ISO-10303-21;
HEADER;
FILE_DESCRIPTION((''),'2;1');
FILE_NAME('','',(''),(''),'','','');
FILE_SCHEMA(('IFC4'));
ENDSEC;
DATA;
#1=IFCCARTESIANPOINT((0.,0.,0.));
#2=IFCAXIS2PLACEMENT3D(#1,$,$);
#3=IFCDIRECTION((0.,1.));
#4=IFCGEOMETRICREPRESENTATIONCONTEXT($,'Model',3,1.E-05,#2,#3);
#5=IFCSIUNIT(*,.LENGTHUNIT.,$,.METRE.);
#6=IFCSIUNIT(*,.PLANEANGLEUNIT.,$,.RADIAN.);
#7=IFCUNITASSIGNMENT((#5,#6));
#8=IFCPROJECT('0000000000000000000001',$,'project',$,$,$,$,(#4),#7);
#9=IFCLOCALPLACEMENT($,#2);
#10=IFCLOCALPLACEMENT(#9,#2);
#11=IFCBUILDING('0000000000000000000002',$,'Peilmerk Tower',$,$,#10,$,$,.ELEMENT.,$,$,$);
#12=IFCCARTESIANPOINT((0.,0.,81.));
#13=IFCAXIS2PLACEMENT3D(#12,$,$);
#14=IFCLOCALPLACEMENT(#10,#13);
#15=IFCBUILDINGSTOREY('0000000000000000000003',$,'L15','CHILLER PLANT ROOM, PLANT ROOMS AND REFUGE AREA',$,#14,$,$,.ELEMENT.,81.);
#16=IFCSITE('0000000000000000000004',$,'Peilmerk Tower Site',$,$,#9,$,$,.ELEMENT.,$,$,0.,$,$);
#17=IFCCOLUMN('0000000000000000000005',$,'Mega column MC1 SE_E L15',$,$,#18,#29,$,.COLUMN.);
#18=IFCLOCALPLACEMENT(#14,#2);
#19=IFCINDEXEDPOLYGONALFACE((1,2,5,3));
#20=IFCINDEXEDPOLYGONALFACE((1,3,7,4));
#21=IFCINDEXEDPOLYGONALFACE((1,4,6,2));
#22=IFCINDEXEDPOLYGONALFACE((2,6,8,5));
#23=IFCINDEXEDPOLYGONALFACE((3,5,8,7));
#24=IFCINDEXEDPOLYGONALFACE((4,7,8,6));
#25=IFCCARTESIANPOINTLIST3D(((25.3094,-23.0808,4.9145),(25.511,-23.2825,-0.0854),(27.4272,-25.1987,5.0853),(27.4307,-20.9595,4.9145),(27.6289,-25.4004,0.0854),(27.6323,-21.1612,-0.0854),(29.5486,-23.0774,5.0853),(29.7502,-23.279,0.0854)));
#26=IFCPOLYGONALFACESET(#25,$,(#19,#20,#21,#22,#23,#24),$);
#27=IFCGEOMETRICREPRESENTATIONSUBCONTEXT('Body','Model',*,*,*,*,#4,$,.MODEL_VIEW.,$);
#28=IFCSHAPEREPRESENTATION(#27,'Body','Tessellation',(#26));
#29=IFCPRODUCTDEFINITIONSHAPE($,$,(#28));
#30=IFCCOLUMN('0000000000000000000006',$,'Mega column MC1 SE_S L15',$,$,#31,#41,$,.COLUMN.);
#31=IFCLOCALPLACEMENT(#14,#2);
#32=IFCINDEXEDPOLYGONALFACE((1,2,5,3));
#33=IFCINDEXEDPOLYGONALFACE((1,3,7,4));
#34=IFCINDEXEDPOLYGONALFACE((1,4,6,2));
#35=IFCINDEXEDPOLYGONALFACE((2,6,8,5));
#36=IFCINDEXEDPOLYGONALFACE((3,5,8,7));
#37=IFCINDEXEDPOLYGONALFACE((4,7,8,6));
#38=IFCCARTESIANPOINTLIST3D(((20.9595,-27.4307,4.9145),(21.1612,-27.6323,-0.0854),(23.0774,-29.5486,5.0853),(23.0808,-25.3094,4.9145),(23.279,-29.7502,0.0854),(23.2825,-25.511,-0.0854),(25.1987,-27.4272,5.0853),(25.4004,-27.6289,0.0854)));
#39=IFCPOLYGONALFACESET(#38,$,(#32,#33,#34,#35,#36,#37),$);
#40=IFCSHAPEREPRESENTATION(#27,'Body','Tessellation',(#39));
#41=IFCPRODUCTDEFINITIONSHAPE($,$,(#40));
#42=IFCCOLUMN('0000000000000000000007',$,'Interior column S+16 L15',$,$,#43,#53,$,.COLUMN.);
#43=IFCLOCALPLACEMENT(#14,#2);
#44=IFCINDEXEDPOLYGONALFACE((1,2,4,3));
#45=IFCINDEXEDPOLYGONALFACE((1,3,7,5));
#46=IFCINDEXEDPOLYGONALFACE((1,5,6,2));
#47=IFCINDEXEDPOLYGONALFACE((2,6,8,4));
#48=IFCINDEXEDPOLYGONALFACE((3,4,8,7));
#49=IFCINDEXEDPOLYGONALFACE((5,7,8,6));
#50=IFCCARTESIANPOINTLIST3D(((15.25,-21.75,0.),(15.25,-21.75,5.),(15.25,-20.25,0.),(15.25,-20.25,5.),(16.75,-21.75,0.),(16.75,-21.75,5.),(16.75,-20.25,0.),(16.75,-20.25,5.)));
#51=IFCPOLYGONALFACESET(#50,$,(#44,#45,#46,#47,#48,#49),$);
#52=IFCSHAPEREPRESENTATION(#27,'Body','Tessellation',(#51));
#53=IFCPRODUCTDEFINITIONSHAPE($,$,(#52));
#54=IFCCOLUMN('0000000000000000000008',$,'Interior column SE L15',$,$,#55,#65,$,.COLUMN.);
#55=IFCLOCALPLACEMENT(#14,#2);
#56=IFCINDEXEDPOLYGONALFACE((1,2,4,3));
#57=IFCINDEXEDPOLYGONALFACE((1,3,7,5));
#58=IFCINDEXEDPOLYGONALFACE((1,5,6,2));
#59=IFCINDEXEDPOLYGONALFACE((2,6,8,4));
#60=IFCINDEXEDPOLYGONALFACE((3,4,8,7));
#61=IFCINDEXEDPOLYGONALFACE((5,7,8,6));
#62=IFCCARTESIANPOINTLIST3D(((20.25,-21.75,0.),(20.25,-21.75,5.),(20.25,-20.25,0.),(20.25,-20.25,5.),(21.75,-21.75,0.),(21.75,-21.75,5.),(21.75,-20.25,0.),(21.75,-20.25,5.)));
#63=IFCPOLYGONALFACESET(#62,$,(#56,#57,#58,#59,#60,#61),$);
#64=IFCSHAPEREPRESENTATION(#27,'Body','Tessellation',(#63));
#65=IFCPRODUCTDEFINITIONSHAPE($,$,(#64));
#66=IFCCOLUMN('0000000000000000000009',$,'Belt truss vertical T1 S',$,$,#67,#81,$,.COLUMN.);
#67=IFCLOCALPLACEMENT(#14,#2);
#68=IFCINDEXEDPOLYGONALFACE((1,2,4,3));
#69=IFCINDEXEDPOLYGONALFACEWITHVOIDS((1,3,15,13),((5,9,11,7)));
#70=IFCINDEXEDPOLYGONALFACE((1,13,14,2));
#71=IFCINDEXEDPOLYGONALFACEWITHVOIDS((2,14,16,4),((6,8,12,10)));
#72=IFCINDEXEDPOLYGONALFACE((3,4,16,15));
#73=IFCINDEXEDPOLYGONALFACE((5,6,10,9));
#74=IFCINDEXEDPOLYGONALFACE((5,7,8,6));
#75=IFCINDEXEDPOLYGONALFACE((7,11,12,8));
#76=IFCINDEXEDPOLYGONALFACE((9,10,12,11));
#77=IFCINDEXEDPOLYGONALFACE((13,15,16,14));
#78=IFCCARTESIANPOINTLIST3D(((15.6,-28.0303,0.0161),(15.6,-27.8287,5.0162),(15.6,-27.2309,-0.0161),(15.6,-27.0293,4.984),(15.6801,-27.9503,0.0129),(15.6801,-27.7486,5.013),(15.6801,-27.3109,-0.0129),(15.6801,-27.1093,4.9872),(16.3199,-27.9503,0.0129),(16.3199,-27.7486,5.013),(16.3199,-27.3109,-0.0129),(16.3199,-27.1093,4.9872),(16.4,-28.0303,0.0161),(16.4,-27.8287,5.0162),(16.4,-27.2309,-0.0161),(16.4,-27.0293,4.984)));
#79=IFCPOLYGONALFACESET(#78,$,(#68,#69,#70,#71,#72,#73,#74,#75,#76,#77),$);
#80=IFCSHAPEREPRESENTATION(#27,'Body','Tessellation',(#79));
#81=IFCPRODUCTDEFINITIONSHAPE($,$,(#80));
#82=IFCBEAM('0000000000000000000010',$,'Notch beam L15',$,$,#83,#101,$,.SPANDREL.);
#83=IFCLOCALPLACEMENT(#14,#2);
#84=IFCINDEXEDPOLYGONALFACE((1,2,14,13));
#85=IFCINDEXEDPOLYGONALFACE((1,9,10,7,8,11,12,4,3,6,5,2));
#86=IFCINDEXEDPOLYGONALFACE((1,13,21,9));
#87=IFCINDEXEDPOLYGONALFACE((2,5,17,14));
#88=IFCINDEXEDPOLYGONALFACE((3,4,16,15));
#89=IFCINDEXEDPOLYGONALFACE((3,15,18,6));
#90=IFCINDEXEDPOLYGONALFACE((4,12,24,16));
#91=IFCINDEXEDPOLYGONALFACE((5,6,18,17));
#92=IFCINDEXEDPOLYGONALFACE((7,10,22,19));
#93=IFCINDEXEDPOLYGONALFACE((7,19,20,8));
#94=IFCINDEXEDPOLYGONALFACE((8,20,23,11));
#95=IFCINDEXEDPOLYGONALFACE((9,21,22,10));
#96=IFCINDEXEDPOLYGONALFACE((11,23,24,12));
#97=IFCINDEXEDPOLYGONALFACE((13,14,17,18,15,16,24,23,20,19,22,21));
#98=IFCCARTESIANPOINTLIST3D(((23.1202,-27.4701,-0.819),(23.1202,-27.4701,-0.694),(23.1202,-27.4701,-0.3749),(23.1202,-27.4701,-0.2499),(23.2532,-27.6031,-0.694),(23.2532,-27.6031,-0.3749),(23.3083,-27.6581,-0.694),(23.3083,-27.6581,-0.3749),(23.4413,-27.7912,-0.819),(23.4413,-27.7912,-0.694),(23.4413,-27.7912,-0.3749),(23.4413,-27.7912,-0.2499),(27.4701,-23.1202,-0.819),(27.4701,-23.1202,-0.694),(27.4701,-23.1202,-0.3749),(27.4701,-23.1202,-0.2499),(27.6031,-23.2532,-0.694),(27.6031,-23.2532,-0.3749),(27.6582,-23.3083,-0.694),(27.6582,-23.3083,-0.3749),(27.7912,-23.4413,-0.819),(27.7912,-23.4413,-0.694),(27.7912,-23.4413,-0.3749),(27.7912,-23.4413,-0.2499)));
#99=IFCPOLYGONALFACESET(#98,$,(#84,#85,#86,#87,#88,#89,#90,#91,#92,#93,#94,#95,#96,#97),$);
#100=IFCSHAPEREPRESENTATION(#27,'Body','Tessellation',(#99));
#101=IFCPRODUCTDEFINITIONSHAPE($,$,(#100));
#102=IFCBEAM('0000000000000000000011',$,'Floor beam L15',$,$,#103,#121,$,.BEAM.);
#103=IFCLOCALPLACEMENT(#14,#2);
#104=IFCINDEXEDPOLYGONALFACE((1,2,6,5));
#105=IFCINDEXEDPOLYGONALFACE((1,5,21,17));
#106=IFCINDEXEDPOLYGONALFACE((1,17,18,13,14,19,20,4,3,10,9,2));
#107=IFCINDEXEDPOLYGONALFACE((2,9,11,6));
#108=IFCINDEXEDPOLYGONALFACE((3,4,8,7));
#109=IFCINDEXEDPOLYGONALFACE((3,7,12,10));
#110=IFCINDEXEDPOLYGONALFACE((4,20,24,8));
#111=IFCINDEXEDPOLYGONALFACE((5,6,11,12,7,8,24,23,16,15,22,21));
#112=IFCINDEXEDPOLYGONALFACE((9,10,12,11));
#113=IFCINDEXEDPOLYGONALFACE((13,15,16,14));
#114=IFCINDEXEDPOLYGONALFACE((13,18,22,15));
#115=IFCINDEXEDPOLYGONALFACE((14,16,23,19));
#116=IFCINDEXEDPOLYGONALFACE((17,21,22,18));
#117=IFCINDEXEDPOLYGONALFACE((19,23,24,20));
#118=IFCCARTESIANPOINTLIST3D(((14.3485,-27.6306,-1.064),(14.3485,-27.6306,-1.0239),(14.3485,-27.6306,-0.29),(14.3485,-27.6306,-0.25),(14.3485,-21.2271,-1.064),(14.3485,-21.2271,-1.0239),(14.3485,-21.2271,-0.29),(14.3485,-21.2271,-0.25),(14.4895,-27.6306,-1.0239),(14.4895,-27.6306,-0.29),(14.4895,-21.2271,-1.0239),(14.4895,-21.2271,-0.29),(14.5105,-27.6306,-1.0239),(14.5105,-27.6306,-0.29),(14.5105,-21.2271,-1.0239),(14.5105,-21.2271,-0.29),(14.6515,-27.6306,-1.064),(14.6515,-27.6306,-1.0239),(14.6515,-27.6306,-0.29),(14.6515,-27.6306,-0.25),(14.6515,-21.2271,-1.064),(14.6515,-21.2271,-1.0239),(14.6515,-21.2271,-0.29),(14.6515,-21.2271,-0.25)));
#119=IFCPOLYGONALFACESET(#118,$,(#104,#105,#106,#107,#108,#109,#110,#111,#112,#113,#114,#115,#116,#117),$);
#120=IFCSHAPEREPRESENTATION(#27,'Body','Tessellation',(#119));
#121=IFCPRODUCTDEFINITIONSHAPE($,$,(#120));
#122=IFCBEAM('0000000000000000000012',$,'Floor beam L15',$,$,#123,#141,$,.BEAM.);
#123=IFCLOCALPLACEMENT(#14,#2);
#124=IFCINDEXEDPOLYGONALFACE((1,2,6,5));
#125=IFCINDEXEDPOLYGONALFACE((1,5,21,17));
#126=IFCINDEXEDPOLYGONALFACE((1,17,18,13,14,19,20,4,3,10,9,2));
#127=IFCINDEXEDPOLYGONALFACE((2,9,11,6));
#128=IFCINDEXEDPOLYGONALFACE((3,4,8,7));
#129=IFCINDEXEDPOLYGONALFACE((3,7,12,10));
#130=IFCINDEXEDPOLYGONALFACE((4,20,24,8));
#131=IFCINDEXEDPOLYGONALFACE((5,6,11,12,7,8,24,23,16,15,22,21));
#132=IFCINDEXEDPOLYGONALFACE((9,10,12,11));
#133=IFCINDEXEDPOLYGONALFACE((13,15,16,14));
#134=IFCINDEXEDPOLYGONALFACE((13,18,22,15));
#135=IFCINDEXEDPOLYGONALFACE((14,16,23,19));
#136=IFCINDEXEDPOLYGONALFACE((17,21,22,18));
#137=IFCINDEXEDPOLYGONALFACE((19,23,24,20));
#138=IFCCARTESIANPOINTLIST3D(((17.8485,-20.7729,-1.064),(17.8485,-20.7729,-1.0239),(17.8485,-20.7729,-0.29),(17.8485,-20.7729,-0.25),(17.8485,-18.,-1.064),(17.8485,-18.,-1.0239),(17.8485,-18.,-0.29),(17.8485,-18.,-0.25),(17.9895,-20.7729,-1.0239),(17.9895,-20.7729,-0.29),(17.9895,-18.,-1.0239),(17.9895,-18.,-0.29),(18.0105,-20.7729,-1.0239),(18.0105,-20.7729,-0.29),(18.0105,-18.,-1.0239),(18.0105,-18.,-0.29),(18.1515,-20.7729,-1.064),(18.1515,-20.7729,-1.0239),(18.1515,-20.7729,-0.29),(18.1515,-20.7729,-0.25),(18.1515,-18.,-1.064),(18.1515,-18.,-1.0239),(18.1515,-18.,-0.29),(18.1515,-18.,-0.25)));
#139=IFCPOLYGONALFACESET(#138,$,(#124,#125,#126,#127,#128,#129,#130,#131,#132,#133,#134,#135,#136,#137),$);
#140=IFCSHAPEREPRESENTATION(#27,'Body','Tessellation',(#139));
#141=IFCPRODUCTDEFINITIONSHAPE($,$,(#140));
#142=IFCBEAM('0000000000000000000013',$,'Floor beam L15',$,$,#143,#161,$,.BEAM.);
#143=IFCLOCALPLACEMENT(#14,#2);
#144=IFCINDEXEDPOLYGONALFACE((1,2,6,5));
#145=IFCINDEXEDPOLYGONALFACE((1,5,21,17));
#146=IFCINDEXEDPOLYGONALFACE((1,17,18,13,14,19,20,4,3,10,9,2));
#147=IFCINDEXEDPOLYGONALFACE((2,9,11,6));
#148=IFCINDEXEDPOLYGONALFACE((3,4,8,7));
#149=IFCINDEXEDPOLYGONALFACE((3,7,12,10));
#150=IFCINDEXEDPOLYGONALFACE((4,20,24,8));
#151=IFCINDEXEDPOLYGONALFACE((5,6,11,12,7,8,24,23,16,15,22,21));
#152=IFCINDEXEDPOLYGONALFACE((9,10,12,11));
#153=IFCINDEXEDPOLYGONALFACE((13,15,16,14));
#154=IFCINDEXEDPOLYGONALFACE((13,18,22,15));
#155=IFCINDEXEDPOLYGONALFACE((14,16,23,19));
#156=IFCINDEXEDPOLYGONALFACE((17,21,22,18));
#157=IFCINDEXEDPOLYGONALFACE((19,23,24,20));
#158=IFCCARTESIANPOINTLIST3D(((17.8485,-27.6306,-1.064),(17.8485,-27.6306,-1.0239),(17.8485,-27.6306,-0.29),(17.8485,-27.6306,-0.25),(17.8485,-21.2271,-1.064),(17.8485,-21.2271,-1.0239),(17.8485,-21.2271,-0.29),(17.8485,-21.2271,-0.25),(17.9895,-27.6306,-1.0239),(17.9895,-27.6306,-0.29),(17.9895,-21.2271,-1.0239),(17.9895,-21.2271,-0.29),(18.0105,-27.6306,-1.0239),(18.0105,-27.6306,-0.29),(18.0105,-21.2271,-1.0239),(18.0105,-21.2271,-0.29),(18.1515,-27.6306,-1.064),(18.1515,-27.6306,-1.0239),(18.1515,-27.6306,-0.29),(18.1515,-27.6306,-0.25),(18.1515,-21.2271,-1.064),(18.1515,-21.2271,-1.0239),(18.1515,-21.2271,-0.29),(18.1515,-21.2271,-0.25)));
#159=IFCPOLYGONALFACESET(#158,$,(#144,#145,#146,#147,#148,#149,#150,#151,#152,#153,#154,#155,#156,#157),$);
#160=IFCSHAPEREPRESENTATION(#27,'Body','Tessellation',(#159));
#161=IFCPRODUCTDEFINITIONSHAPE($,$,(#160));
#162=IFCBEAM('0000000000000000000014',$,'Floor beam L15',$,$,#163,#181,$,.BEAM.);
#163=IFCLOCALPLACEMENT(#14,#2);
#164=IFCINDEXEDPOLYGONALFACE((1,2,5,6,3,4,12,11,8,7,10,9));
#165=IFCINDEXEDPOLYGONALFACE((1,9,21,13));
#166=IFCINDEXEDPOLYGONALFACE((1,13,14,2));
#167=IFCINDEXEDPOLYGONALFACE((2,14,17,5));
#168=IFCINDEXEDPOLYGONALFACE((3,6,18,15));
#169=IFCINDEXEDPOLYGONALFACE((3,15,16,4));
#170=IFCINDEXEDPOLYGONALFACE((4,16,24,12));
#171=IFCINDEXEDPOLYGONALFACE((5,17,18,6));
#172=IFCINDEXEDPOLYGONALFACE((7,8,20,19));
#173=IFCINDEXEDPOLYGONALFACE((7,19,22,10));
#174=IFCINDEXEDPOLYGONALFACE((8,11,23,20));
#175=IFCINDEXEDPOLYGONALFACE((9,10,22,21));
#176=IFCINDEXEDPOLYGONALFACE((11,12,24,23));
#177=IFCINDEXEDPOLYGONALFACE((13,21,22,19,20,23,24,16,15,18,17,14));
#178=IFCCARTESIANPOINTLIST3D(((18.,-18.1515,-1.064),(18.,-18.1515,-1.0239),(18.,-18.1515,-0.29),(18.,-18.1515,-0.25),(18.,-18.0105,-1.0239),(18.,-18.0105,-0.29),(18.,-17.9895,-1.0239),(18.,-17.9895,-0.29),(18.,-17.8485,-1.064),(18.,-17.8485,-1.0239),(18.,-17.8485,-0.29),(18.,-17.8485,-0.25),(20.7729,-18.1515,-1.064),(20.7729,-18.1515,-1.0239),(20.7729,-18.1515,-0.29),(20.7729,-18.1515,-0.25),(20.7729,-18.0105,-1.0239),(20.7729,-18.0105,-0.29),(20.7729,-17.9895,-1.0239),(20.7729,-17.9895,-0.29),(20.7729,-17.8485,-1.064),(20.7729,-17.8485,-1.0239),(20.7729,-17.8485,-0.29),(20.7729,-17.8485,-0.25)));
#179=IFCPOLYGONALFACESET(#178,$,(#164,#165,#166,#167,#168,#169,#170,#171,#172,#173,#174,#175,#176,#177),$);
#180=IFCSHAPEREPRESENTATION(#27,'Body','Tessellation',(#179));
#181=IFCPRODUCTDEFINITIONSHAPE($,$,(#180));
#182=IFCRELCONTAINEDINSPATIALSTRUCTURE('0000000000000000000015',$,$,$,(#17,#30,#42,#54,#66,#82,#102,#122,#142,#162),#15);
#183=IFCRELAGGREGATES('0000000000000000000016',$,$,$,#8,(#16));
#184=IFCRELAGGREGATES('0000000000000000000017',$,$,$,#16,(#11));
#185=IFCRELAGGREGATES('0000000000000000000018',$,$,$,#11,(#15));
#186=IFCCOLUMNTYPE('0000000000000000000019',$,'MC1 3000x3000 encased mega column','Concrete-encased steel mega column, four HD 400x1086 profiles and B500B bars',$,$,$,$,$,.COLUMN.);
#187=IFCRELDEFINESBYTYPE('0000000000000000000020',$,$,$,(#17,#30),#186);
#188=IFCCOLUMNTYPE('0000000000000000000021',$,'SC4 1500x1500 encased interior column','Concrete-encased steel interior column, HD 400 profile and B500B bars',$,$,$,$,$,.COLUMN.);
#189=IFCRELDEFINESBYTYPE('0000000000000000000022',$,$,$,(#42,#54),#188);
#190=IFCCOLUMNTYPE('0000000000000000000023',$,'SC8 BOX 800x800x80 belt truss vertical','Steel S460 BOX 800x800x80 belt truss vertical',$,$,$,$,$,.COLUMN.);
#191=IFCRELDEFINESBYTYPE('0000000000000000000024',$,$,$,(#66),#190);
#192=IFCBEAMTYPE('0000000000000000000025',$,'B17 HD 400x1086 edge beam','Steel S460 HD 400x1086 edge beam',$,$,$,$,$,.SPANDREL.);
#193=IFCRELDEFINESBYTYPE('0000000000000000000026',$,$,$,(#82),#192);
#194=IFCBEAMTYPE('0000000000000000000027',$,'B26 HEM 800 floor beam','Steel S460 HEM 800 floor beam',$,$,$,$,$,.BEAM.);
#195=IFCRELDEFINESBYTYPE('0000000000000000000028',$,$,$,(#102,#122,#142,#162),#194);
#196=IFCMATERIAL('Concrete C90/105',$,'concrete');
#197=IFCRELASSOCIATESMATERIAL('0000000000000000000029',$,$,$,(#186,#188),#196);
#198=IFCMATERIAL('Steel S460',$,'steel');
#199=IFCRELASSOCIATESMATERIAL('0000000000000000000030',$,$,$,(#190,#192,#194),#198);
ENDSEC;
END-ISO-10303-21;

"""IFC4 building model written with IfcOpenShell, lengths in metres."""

from ifc_helpers import new_model, si_unit, direction, frame, origin, origin_2d, place, context, subcontext, project, spatial, rectangle, hollow_rectangle, i_section, extrude, material, material_profile, profile_set, type_object, element, save


model = new_model("IFC4")

# Units and contexts
model_context = context("Model", 3, precision=1e-05, world=origin(), true_north=direction((0.0, 1.0)))
body_context = subcontext(model_context, "Body", "Model", "MODEL_VIEW")
ifc_project = project(units=[si_unit("LENGTHUNIT", "METRE"), si_unit("PLANEANGLEUNIT", "RADIAN")], contexts=[model_context])

# Site, building, storey
site_placement = place(None, origin())
site = spatial("IfcSite", under=ifc_project, at=site_placement, Name="Peilmerk Tower Site", CompositionType="ELEMENT", RefElevation=0.0)
building_placement = place(site_placement, origin())
building = spatial("IfcBuilding", under=site, at=building_placement, Name="Peilmerk Tower", CompositionType="ELEMENT")
storey_placement = place(building_placement, frame((0.0, 0.0, 81.0)))
storey = spatial("IfcBuildingStorey", under=building, at=storey_placement, Name="L15", Description="CHILLER PLANT ROOM, PLANT ROOMS AND REFUGE AREA", CompositionType="ELEMENT", Elevation=81.0)

# Columns
ifc_material_1 = material(Name="Concrete C90/105", Category="concrete")
ifc_material_profile_1 = material_profile(ifc_material_1, rectangle(XDim=3.0, YDim=3.0, at=origin_2d()), Name="RC 3000x3000")
ifc_profile_set_1 = profile_set([ifc_material_profile_1], Name="Concrete C90/105")
column_type_1 = type_object("IfcColumnType", Name="MC1 3000x3000 encased mega column", Description="Concrete-encased steel mega column, four HD 400x1086 profiles and B500B bars", PredefinedType="COLUMN", material=ifc_profile_set_1)
for number, where, z_axis, x_axis, name in (
    (1, (27.6306, -23.2808, 0.0), (-0.040267, 0.040267, 0.998377), (-0.707107, -0.707107, 0.0), "Mega column MC1 SE_E L15"),
    (2, (23.2808, -27.6306, 0.0), (-0.040267, 0.040267, 0.998377), (-0.707107, -0.707107, 0.0), "Mega column MC1 SE_S L15"),
):
    element("IfcColumn", number, at=place(storey_placement, frame(where, z_axis=z_axis, x_axis=x_axis)), inside=storey, type_object=column_type_1, Name=name, PredefinedType="COLUMN", context=body_context, shape_type="SweptSolid", body=[
        extrude(rectangle(XDim=3.0, YDim=3.0, at=origin_2d()), origin(), (0.0, 0.0, 1.0), 5.0081),
    ])
ifc_material_profile_2 = material_profile(ifc_material_1, rectangle(XDim=1.5, YDim=1.5, at=origin_2d()), Name="RC 1500x1500")
ifc_profile_set_2 = profile_set([ifc_material_profile_2], Name="Concrete C90/105")
column_type_2 = type_object("IfcColumnType", Name="SC4 1500x1500 encased interior column", Description="Concrete-encased steel interior column, HD 400 profile and B500B bars", PredefinedType="COLUMN", material=ifc_profile_set_2)
for number, where, z_axis, x_axis, name in (
    (3, (16.0, -21.0, 0.0), (0.0, 0.0, 1.0), (1.0, 0.0, 0.0), "Interior column S+16 L15"),
    (4, (21.0, -21.0, 0.0), (0.0, 0.0, 1.0), (1.0, 0.0, 0.0), "Interior column SE L15"),
):
    element("IfcColumn", number, at=place(storey_placement, frame(where, z_axis=z_axis, x_axis=x_axis)), inside=storey, type_object=column_type_2, Name=name, PredefinedType="COLUMN", context=body_context, shape_type="SweptSolid", body=[
        extrude(rectangle(XDim=1.5, YDim=1.5, at=origin_2d()), origin(), (0.0, 0.0, 1.0), 5.0),
    ])
ifc_material_2 = material(Name="Steel S460", Category="steel")
ifc_material_profile_3 = material_profile(ifc_material_2, hollow_rectangle(XDim=0.8, YDim=0.8, WallThickness=0.0801, at=origin_2d()), Name="BOX 800x800x80")
ifc_profile_set_3 = profile_set([ifc_material_profile_3], Name="Steel S460")
column_type_3 = type_object("IfcColumnType", Name="SC8 BOX 800x800x80 belt truss vertical", Description="Steel S460 BOX 800x800x80 belt truss vertical", PredefinedType="COLUMN", material=ifc_profile_set_3)
column_placement = place(storey_placement, frame((16.0, -27.6306, 0.0), z_axis=(0.0, 0.040299, 0.999188), x_axis=(-1.0, 0.0, 0.0)))
element("IfcColumn", 5, at=column_placement, inside=storey, type_object=column_type_3, Name="Belt truss vertical T1 S", PredefinedType="COLUMN", context=body_context, shape_type="SweptSolid", body=[
    extrude(hollow_rectangle(XDim=0.8, YDim=0.8, WallThickness=0.0801, at=origin_2d()), origin(), (0.0, 0.0, 1.0), 5.0042),
])

# Beams
ifc_material_profile_4 = material_profile(ifc_material_2, i_section(OverallWidth=0.4541, OverallDepth=0.5691, WebThickness=0.0779, FlangeThickness=0.125, at=origin_2d()), Name="HD 400x1086")
ifc_profile_set_4 = profile_set([ifc_material_profile_4], Name="Steel S460")
beam_type_1 = type_object("IfcBeamType", Name="B17 HD 400x1086 edge beam", Description="Steel S460 HD 400x1086 edge beam", PredefinedType="SPANDREL", material=ifc_profile_set_4)
beam_1_placement = place(storey_placement, frame((27.6306, -23.2808, -0.5344), z_axis=(-0.707107, -0.707107, 0.0), x_axis=(0.707107, -0.707107, 0.0)))
element("IfcBeam", 6, at=beam_1_placement, inside=storey, type_object=beam_type_1, Name="Notch beam L15", PredefinedType="SPANDREL", context=body_context, shape_type="SweptSolid", body=[
    extrude(i_section(OverallWidth=0.4541, OverallDepth=0.5691, WebThickness=0.0779, FlangeThickness=0.125, at=origin_2d()), origin(), (0.0, 0.0, 1.0), 6.1516),
])
ifc_material_profile_5 = material_profile(ifc_material_2, i_section(OverallWidth=0.303, OverallDepth=0.814, WebThickness=0.021, FlangeThickness=0.04, at=origin_2d()), Name="HEM 800")
ifc_profile_set_5 = profile_set([ifc_material_profile_5], Name="Steel S460")
beam_type_2 = type_object("IfcBeamType", Name="B26 HEM 800 floor beam", Description="Steel S460 HEM 800 floor beam", PredefinedType="BEAM", material=ifc_profile_set_5)
beam_2_placement = place(storey_placement, frame((14.5, -21.2271, -0.657), z_axis=(0.0, -1.0, 0.0), x_axis=(1.0, 0.0, 0.0)))
element("IfcBeam", 7, at=beam_2_placement, inside=storey, type_object=beam_type_2, Name="Floor beam L15", PredefinedType="BEAM", context=body_context, shape_type="SweptSolid", body=[
    extrude(i_section(OverallWidth=0.303, OverallDepth=0.814, WebThickness=0.021, FlangeThickness=0.04, at=origin_2d()), origin(), (0.0, 0.0, 1.0), 6.4036),
])
beam_3_placement = place(storey_placement, frame((18.0, -18.0, -0.657), z_axis=(0.0, -1.0, 0.0), x_axis=(1.0, 0.0, 0.0)))
element("IfcBeam", 8, at=beam_3_placement, inside=storey, type_object=beam_type_2, Name="Floor beam L15", PredefinedType="BEAM", context=body_context, shape_type="SweptSolid", body=[
    extrude(i_section(OverallWidth=0.303, OverallDepth=0.814, WebThickness=0.021, FlangeThickness=0.04, at=origin_2d()), origin(), (0.0, 0.0, 1.0), 2.7729),
])
beam_4_placement = place(storey_placement, frame((18.0, -21.2271, -0.657), z_axis=(0.0, -1.0, 0.0), x_axis=(1.0, 0.0, 0.0)))
element("IfcBeam", 9, at=beam_4_placement, inside=storey, type_object=beam_type_2, Name="Floor beam L15", PredefinedType="BEAM", context=body_context, shape_type="SweptSolid", body=[
    extrude(i_section(OverallWidth=0.303, OverallDepth=0.814, WebThickness=0.021, FlangeThickness=0.04, at=origin_2d()), origin(), (0.0, 0.0, 1.0), 6.4036),
])
beam_5_placement = place(storey_placement, frame((18.0, -18.0, -0.657), z_axis=(1.0, 0.0, 0.0), x_axis=(0.0, 1.0, 0.0)))
element("IfcBeam", 10, at=beam_5_placement, inside=storey, type_object=beam_type_2, Name="Floor beam L15", PredefinedType="BEAM", context=body_context, shape_type="SweptSolid", body=[
    extrude(i_section(OverallWidth=0.303, OverallDepth=0.814, WebThickness=0.021, FlangeThickness=0.04, at=origin_2d()), origin(), (0.0, 0.0, 1.0), 2.7729),
])

save(model, "model.ifc")
